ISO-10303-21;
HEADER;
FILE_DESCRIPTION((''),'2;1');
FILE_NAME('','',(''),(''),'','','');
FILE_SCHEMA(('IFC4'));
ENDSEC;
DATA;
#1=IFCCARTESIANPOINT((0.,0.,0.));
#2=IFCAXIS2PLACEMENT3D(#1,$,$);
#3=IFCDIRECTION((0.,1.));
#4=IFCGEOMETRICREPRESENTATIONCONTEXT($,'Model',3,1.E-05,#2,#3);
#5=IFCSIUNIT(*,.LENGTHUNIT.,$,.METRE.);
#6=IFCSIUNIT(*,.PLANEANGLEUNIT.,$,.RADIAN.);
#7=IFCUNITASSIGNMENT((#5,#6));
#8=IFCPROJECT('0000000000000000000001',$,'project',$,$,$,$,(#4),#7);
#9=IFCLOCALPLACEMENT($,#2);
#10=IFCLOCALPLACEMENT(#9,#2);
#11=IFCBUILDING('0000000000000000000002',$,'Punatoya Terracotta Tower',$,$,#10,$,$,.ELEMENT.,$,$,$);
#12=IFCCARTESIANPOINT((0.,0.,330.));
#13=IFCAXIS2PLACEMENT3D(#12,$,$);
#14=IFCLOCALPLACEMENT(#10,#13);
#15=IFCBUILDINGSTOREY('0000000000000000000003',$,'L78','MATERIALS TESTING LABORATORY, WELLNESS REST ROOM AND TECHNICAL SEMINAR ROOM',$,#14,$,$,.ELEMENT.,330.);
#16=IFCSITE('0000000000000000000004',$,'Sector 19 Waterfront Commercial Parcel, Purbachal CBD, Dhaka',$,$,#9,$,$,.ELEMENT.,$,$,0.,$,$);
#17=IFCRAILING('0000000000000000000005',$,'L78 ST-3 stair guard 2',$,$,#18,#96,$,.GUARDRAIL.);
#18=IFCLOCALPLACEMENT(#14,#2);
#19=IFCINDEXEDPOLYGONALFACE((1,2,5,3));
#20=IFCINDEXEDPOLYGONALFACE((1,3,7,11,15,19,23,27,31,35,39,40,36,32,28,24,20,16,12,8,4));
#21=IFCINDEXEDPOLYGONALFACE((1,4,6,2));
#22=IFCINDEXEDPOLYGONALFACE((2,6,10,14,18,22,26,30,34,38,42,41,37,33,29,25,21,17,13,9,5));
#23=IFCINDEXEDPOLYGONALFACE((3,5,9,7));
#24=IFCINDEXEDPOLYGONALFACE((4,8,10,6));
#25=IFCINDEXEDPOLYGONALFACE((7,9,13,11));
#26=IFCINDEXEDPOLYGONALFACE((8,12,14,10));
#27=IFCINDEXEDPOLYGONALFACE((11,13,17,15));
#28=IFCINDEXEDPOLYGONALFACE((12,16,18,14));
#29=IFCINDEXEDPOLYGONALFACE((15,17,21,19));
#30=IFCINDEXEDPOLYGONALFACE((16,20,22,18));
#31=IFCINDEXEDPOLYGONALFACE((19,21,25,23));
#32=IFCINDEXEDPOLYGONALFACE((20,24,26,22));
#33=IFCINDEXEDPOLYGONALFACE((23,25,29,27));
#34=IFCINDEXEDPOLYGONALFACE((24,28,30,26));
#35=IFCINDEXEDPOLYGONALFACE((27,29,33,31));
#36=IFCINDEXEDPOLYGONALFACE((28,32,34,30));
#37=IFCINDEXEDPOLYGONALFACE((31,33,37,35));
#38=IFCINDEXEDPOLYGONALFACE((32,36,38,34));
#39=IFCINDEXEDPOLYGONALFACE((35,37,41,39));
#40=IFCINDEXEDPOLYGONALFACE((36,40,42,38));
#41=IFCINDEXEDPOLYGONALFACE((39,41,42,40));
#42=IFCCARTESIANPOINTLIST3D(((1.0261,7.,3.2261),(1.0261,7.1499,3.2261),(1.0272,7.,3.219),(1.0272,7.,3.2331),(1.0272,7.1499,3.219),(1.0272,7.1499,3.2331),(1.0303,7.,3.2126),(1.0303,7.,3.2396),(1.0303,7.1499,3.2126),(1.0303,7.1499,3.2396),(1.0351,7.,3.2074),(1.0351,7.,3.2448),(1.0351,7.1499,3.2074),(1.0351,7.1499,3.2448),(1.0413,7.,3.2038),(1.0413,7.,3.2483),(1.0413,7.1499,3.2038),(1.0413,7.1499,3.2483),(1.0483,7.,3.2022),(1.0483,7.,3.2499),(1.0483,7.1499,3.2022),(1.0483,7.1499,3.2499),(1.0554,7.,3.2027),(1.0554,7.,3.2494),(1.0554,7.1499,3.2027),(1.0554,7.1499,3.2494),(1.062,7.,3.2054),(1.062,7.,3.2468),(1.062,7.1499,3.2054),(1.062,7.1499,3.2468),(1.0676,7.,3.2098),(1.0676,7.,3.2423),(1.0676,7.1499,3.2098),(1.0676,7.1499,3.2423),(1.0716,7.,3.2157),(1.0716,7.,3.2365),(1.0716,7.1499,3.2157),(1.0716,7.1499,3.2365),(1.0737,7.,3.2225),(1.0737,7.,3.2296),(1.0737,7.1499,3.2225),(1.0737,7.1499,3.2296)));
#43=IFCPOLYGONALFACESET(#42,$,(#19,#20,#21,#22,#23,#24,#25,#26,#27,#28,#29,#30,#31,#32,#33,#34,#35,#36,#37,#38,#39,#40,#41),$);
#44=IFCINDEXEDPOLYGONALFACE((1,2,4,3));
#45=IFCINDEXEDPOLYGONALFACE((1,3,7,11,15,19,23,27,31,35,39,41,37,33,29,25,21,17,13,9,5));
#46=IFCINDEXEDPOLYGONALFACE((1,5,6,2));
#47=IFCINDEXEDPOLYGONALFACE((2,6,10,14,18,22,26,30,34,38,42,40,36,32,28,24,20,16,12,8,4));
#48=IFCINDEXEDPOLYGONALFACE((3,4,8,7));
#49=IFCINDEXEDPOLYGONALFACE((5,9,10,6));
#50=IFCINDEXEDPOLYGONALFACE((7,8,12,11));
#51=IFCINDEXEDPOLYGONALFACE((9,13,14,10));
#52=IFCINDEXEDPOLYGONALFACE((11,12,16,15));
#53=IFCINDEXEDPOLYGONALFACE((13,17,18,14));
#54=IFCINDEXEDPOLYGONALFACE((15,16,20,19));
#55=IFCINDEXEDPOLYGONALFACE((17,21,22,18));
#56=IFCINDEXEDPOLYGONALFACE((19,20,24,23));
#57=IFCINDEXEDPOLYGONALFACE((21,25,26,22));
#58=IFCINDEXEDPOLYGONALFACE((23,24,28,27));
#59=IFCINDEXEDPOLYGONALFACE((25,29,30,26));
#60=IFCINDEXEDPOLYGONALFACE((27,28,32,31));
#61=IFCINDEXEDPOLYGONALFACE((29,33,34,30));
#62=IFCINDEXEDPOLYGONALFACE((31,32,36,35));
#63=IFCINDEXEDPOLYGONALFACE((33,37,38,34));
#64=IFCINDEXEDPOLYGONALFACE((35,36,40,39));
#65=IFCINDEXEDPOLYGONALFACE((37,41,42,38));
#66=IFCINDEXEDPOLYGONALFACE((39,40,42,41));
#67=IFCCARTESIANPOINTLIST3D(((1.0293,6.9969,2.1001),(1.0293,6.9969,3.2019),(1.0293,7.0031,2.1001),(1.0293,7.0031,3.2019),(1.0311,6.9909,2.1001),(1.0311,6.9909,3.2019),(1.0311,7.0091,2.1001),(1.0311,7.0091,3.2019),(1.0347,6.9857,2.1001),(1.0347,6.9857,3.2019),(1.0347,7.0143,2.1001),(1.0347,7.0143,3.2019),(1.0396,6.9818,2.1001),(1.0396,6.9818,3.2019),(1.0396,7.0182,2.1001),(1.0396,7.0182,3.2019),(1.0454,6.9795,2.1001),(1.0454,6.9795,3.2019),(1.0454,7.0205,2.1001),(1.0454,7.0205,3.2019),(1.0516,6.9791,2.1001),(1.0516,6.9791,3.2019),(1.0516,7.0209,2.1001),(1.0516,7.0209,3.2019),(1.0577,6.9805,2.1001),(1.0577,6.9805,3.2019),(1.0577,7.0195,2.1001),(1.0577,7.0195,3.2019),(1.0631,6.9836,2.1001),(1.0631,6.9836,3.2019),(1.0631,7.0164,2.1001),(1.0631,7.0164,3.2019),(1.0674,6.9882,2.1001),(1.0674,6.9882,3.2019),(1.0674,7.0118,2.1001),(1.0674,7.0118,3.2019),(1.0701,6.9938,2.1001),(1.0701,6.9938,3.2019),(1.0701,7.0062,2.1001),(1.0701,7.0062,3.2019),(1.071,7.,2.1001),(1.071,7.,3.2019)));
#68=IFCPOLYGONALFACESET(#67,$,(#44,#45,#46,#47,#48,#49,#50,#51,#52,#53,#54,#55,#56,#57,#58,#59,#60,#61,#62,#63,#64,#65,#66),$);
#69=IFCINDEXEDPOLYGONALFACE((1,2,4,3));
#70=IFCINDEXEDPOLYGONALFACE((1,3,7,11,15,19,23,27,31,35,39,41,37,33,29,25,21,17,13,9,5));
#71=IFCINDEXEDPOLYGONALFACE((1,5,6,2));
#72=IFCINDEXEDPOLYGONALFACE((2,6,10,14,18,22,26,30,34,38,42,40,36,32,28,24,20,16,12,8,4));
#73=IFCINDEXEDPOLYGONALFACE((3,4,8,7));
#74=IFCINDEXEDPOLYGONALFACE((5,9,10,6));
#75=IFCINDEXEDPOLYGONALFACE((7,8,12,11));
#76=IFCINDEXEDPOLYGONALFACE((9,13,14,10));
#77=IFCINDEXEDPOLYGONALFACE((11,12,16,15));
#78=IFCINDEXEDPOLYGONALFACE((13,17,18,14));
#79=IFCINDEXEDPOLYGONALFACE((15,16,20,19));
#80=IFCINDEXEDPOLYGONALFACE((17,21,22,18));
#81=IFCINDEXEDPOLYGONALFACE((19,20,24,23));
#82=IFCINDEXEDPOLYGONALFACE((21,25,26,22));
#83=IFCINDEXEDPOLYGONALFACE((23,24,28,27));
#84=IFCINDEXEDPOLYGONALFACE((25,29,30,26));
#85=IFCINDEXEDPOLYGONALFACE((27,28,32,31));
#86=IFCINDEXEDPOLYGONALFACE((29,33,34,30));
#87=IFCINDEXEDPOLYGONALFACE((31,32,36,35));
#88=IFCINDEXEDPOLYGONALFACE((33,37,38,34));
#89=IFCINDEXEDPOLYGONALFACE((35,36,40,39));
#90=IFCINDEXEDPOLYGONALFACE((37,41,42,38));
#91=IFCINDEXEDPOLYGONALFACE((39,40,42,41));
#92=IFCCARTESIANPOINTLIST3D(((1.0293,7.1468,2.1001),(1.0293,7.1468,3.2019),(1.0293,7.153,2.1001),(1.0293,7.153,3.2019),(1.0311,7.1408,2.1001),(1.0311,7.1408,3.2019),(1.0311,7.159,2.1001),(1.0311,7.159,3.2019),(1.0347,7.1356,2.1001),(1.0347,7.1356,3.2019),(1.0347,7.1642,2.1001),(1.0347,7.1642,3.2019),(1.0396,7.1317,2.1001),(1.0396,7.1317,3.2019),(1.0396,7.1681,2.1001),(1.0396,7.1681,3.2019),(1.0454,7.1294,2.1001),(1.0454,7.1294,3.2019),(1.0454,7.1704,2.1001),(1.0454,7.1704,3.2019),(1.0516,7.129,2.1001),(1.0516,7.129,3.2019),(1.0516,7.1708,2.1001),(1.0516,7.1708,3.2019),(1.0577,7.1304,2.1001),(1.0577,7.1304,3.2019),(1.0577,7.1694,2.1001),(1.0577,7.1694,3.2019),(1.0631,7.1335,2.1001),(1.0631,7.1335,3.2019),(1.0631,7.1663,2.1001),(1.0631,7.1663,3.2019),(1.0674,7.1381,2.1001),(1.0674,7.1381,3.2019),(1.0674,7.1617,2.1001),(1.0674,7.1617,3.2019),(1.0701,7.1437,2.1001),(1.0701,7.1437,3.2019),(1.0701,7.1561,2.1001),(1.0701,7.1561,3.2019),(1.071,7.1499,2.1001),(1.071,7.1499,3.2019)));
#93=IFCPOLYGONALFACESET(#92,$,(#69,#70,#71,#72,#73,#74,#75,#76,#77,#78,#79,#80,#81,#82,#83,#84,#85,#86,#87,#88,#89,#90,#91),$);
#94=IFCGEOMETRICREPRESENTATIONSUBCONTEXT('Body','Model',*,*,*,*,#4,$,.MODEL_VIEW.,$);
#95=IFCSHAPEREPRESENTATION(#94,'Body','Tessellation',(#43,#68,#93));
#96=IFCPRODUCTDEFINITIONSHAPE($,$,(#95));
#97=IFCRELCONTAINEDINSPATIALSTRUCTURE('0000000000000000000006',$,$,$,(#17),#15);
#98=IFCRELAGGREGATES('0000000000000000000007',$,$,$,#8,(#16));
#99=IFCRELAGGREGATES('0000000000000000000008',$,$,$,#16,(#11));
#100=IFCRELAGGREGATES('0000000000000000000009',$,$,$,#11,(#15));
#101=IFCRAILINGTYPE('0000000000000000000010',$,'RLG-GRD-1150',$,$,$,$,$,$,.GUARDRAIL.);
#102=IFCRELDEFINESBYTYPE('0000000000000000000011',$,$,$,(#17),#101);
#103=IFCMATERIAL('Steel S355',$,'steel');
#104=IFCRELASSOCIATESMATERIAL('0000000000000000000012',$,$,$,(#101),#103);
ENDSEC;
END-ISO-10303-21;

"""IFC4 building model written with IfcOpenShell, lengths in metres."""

from ifc_helpers import new_model, si_unit, direction, frame, origin, origin_2d, place, context, subcontext, project, spatial, circle, extrude, material, type_object, element, save


model = new_model("IFC4")

# Units and contexts
model_context = context("Model", 3, precision=1e-05, world=origin(), true_north=direction((0.0, 1.0)))
body_context = subcontext(model_context, "Body", "Model", "MODEL_VIEW")
ifc_project = project(units=[si_unit("LENGTHUNIT", "METRE"), si_unit("PLANEANGLEUNIT", "RADIAN")], contexts=[model_context])

# Site, building, storey
site_placement = place(None, origin())
site = spatial("IfcSite", under=ifc_project, at=site_placement, Name="Sector 19 Waterfront Commercial Parcel, Purbachal CBD, Dhaka", CompositionType="ELEMENT", RefElevation=0.0)
building_placement = place(site_placement, origin())
building = spatial("IfcBuilding", under=site, at=building_placement, Name="Punatoya Terracotta Tower", CompositionType="ELEMENT")
storey_placement = place(building_placement, frame((0.0, 0.0, 330.0)))
storey = spatial("IfcBuildingStorey", under=building, at=storey_placement, Name="L78", Description="MATERIALS TESTING LABORATORY, WELLNESS REST ROOM AND TECHNICAL SEMINAR ROOM", CompositionType="ELEMENT", Elevation=330.0)

# Shared definitions
ifc_material_1 = material(Name="Steel S355", Category="steel")

# Railing
railing_type_1 = type_object("IfcRailingType", Name="RLG-GRD-1150", PredefinedType="GUARDRAIL", material=ifc_material_1)
railing_1_placement = place(storey_placement, frame((1.05, 7.0, 2.1001)))
element("IfcRailing", 1, at=railing_1_placement, inside=storey, type_object=railing_type_1, Name="L78 ST-3 stair guard 2", PredefinedType="GUARDRAIL", context=body_context, shape_type="SweptSolid", body=[
    extrude(circle(Radius=0.0239, at=origin_2d()), frame((0.0, 0.0, 1.126), z_axis=(0.0, 1.0, 0.0), x_axis=(-1.0, 0.0, 0.0)), (0.0, 0.0, 1.0), 0.1499),
    extrude(circle(Radius=0.021, at=origin_2d()), origin(), (0.0, 0.0, 1.0), 1.1018),
    extrude(circle(Radius=0.021, at=origin_2d()), frame((0.0, 0.1499, 0.0)), (0.0, 0.0, 1.0), 1.1018),
])

save(model, "model.ifc")
